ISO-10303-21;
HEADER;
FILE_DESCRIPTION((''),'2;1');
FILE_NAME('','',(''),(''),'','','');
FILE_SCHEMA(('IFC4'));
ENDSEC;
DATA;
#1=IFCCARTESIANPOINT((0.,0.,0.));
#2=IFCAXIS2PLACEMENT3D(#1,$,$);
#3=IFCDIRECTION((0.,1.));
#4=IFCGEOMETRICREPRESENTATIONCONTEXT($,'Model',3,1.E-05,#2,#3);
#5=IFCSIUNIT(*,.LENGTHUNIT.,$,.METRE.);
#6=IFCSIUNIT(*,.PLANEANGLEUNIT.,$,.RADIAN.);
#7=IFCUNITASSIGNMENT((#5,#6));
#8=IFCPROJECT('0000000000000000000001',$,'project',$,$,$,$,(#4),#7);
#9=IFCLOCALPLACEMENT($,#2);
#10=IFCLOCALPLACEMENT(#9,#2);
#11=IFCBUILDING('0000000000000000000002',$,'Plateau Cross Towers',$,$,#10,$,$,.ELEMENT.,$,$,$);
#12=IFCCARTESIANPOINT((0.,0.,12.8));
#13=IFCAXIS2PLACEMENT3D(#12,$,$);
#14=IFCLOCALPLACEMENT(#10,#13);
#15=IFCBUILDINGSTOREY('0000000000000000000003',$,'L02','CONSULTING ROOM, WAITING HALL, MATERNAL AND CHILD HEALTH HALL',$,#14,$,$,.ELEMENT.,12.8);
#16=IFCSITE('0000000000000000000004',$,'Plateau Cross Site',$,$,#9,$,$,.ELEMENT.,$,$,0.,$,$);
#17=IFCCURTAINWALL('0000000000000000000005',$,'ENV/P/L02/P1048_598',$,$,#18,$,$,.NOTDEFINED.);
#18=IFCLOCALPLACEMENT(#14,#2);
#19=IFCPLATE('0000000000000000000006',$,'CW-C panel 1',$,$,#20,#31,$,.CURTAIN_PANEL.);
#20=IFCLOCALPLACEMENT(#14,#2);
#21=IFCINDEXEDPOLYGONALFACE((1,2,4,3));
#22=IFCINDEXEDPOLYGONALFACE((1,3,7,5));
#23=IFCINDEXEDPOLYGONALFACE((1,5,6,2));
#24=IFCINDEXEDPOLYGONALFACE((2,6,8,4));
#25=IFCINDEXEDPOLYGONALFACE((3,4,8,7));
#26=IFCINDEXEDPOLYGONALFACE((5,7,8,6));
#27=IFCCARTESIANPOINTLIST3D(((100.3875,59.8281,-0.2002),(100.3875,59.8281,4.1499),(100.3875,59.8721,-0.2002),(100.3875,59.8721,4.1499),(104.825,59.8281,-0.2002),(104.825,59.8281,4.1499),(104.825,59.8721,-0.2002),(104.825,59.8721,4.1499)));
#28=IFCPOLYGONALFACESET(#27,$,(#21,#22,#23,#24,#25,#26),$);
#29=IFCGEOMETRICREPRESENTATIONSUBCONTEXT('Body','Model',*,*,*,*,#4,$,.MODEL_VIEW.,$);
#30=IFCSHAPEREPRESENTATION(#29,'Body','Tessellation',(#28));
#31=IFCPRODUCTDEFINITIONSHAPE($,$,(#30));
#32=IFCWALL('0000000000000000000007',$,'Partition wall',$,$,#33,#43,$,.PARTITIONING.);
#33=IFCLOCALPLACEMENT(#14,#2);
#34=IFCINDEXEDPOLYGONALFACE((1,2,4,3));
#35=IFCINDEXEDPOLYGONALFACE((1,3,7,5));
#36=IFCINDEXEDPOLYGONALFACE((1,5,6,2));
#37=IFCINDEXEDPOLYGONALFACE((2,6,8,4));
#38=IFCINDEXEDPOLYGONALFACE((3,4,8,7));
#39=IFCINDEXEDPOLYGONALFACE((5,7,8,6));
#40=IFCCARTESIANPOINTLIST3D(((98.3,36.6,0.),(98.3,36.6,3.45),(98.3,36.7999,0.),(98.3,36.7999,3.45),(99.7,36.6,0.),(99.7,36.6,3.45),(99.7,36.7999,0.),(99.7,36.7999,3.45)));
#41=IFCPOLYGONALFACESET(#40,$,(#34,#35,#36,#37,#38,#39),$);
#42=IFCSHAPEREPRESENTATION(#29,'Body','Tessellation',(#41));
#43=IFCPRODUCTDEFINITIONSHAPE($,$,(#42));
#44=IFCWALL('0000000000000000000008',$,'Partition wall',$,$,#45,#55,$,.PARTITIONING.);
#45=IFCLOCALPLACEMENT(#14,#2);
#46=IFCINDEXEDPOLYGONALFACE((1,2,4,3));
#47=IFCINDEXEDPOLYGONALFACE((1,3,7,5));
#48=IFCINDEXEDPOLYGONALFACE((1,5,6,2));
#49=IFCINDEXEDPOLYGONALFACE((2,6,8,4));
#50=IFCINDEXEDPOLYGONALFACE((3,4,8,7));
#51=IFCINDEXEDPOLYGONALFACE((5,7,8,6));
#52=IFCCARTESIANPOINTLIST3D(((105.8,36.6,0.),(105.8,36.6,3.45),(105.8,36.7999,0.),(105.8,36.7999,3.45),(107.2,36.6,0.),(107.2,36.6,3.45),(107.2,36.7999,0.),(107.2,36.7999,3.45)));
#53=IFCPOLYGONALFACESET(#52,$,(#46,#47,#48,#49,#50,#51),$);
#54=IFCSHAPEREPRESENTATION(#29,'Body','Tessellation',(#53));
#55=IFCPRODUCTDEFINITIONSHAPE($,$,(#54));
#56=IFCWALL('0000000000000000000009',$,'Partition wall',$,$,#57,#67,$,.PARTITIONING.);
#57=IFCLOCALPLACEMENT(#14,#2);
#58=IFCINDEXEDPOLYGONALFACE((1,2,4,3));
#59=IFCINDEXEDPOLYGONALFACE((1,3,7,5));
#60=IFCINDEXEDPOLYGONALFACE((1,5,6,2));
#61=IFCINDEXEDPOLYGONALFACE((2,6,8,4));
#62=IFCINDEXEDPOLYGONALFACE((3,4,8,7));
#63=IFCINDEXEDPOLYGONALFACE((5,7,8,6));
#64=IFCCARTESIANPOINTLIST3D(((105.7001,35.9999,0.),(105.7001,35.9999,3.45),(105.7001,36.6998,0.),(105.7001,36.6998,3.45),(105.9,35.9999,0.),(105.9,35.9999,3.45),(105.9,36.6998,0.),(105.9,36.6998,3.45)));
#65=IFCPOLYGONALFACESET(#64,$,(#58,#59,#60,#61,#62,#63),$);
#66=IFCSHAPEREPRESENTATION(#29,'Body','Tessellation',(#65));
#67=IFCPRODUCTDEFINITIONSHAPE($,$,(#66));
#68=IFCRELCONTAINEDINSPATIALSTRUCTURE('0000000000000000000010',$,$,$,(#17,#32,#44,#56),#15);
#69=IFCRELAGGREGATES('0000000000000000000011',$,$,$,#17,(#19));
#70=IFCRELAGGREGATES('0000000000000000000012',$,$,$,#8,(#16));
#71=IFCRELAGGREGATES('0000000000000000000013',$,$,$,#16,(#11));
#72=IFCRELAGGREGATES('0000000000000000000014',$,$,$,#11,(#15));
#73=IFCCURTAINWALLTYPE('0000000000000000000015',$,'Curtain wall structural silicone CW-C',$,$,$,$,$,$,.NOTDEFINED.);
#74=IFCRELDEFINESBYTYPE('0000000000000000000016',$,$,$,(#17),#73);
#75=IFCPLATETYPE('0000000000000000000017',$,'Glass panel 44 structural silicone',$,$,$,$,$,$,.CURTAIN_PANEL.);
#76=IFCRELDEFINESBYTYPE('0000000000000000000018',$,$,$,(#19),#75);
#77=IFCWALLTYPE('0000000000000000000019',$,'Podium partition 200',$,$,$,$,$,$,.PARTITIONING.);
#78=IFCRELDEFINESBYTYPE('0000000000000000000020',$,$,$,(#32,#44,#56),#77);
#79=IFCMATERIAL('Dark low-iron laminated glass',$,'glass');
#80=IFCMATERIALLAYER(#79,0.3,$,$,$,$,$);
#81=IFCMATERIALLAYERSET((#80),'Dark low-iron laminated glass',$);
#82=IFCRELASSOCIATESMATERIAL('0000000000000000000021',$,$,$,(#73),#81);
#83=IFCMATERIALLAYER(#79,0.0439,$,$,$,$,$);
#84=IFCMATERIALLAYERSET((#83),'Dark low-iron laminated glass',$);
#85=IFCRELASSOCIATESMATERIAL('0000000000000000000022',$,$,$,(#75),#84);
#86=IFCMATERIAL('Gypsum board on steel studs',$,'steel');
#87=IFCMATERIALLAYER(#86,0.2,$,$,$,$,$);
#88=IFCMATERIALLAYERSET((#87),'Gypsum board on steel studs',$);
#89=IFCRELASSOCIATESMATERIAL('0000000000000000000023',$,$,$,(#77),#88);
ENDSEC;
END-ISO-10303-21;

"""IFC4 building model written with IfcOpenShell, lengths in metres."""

from ifc_helpers import new_model, si_unit, direction, frame, frame_2d, origin, origin_2d, place, context, subcontext, project, spatial, rectangle, extrude, material, layer, layer_set, type_object, element, aggregate, save


model = new_model("IFC4")

# Units and contexts
model_context = context("Model", 3, precision=1e-05, world=origin(), true_north=direction((0.0, 1.0)))
body_context = subcontext(model_context, "Body", "Model", "MODEL_VIEW")
ifc_project = project(units=[si_unit("LENGTHUNIT", "METRE"), si_unit("PLANEANGLEUNIT", "RADIAN")], contexts=[model_context])

# Site, building, storey
site_placement = place(None, origin())
site = spatial("IfcSite", under=ifc_project, at=site_placement, Name="Plateau Cross Site", CompositionType="ELEMENT", RefElevation=0.0)
building_placement = place(site_placement, origin())
building = spatial("IfcBuilding", under=site, at=building_placement, Name="Plateau Cross Towers", CompositionType="ELEMENT")
storey_placement = place(building_placement, frame((0.0, 0.0, 12.8)))
storey = spatial("IfcBuildingStorey", under=building, at=storey_placement, Name="L02", Description="CONSULTING ROOM, WAITING HALL, MATERNAL AND CHILD HEALTH HALL", CompositionType="ELEMENT", Elevation=12.8)

# Shared definitions
ifc_material_1 = material(Name="Dark low-iron laminated glass", Category="glass")
ifc_layer_1 = layer(ifc_material_1, 0.3)
ifc_layer_set_1 = layer_set([ifc_layer_1], Name="Dark low-iron laminated glass")
curtain_wall_type = type_object("IfcCurtainWallType", Name="Curtain wall structural silicone CW-C", PredefinedType="NOTDEFINED", material=ifc_layer_set_1)

# Curtain wall
curtain_wall_1_placement = place(storey_placement, origin())
curtain_wall_1 = element("IfcCurtainWall", 1, at=curtain_wall_1_placement, inside=storey, type_object=curtain_wall_type, Name="ENV/P/L02/P1048_598", PredefinedType="NOTDEFINED")

# Plate
ifc_layer_2 = layer(ifc_material_1, 0.0439)
ifc_layer_set_2 = layer_set([ifc_layer_2], Name="Dark low-iron laminated glass")
plate_type = type_object("IfcPlateType", Name="Glass panel 44 structural silicone", PredefinedType="CURTAIN_PANEL", material=ifc_layer_set_2)
plate_1_placement = place(storey_placement, frame((102.6062, 59.8501, -0.2002), z_axis=(0.0, 0.0, 1.0), x_axis=(-1.0, 0.0, 0.0)))
plate_1 = element("IfcPlate", 2, at=plate_1_placement, type_object=plate_type, Name="CW-C panel 1", PredefinedType="CURTAIN_PANEL", context=body_context, shape_type="SweptSolid", body=[
    extrude(rectangle(XDim=4.4375, YDim=0.0439, at=origin_2d()), origin(), (0.0, 0.0, 1.0), 4.3501),
])
aggregate(curtain_wall_1, [plate_1])

# Walls
ifc_material_2 = material(Name="Gypsum board on steel studs", Category="steel")
ifc_layer_3 = layer(ifc_material_2, 0.2)
ifc_layer_set_3 = layer_set([ifc_layer_3], Name="Gypsum board on steel studs")
wall_type = type_object("IfcWallType", Name="Podium partition 200", PredefinedType="PARTITIONING", material=ifc_layer_set_3)
for number, where, z_axis, x_axis, name in (
    (3, (99.7, 36.7, 0.0), (0.0, 0.0, 1.0), (-1.0, 0.0, 0.0), "Partition wall"),
    (4, (107.2, 36.7, 0.0), (0.0, 0.0, 1.0), (-1.0, 0.0, 0.0), "Partition wall"),
):
    element("IfcWall", number, at=place(storey_placement, frame(where, z_axis=z_axis, x_axis=x_axis)), inside=storey, type_object=wall_type, Name=name, PredefinedType="PARTITIONING", context=body_context, shape_type="SweptSolid", body=[
        extrude(rectangle(XDim=1.3999, YDim=0.2, at=frame_2d((0.7, 0.0))), origin(), (0.0, 0.0, 1.0), 3.45),
    ])
wall_placement = place(storey_placement, frame((105.8, 36.7, 0.0), z_axis=(0.0, 0.0, 1.0), x_axis=(0.0, -1.0, 0.0)))
element("IfcWall", 5, at=wall_placement, inside=storey, type_object=wall_type, Name="Partition wall", PredefinedType="PARTITIONING", context=body_context, shape_type="SweptSolid", body=[
    extrude(rectangle(XDim=0.7, YDim=0.2, at=frame_2d((0.3501, 0.0))), origin(), (0.0, 0.0, 1.0), 3.45),
])

save(model, "model.ifc")
